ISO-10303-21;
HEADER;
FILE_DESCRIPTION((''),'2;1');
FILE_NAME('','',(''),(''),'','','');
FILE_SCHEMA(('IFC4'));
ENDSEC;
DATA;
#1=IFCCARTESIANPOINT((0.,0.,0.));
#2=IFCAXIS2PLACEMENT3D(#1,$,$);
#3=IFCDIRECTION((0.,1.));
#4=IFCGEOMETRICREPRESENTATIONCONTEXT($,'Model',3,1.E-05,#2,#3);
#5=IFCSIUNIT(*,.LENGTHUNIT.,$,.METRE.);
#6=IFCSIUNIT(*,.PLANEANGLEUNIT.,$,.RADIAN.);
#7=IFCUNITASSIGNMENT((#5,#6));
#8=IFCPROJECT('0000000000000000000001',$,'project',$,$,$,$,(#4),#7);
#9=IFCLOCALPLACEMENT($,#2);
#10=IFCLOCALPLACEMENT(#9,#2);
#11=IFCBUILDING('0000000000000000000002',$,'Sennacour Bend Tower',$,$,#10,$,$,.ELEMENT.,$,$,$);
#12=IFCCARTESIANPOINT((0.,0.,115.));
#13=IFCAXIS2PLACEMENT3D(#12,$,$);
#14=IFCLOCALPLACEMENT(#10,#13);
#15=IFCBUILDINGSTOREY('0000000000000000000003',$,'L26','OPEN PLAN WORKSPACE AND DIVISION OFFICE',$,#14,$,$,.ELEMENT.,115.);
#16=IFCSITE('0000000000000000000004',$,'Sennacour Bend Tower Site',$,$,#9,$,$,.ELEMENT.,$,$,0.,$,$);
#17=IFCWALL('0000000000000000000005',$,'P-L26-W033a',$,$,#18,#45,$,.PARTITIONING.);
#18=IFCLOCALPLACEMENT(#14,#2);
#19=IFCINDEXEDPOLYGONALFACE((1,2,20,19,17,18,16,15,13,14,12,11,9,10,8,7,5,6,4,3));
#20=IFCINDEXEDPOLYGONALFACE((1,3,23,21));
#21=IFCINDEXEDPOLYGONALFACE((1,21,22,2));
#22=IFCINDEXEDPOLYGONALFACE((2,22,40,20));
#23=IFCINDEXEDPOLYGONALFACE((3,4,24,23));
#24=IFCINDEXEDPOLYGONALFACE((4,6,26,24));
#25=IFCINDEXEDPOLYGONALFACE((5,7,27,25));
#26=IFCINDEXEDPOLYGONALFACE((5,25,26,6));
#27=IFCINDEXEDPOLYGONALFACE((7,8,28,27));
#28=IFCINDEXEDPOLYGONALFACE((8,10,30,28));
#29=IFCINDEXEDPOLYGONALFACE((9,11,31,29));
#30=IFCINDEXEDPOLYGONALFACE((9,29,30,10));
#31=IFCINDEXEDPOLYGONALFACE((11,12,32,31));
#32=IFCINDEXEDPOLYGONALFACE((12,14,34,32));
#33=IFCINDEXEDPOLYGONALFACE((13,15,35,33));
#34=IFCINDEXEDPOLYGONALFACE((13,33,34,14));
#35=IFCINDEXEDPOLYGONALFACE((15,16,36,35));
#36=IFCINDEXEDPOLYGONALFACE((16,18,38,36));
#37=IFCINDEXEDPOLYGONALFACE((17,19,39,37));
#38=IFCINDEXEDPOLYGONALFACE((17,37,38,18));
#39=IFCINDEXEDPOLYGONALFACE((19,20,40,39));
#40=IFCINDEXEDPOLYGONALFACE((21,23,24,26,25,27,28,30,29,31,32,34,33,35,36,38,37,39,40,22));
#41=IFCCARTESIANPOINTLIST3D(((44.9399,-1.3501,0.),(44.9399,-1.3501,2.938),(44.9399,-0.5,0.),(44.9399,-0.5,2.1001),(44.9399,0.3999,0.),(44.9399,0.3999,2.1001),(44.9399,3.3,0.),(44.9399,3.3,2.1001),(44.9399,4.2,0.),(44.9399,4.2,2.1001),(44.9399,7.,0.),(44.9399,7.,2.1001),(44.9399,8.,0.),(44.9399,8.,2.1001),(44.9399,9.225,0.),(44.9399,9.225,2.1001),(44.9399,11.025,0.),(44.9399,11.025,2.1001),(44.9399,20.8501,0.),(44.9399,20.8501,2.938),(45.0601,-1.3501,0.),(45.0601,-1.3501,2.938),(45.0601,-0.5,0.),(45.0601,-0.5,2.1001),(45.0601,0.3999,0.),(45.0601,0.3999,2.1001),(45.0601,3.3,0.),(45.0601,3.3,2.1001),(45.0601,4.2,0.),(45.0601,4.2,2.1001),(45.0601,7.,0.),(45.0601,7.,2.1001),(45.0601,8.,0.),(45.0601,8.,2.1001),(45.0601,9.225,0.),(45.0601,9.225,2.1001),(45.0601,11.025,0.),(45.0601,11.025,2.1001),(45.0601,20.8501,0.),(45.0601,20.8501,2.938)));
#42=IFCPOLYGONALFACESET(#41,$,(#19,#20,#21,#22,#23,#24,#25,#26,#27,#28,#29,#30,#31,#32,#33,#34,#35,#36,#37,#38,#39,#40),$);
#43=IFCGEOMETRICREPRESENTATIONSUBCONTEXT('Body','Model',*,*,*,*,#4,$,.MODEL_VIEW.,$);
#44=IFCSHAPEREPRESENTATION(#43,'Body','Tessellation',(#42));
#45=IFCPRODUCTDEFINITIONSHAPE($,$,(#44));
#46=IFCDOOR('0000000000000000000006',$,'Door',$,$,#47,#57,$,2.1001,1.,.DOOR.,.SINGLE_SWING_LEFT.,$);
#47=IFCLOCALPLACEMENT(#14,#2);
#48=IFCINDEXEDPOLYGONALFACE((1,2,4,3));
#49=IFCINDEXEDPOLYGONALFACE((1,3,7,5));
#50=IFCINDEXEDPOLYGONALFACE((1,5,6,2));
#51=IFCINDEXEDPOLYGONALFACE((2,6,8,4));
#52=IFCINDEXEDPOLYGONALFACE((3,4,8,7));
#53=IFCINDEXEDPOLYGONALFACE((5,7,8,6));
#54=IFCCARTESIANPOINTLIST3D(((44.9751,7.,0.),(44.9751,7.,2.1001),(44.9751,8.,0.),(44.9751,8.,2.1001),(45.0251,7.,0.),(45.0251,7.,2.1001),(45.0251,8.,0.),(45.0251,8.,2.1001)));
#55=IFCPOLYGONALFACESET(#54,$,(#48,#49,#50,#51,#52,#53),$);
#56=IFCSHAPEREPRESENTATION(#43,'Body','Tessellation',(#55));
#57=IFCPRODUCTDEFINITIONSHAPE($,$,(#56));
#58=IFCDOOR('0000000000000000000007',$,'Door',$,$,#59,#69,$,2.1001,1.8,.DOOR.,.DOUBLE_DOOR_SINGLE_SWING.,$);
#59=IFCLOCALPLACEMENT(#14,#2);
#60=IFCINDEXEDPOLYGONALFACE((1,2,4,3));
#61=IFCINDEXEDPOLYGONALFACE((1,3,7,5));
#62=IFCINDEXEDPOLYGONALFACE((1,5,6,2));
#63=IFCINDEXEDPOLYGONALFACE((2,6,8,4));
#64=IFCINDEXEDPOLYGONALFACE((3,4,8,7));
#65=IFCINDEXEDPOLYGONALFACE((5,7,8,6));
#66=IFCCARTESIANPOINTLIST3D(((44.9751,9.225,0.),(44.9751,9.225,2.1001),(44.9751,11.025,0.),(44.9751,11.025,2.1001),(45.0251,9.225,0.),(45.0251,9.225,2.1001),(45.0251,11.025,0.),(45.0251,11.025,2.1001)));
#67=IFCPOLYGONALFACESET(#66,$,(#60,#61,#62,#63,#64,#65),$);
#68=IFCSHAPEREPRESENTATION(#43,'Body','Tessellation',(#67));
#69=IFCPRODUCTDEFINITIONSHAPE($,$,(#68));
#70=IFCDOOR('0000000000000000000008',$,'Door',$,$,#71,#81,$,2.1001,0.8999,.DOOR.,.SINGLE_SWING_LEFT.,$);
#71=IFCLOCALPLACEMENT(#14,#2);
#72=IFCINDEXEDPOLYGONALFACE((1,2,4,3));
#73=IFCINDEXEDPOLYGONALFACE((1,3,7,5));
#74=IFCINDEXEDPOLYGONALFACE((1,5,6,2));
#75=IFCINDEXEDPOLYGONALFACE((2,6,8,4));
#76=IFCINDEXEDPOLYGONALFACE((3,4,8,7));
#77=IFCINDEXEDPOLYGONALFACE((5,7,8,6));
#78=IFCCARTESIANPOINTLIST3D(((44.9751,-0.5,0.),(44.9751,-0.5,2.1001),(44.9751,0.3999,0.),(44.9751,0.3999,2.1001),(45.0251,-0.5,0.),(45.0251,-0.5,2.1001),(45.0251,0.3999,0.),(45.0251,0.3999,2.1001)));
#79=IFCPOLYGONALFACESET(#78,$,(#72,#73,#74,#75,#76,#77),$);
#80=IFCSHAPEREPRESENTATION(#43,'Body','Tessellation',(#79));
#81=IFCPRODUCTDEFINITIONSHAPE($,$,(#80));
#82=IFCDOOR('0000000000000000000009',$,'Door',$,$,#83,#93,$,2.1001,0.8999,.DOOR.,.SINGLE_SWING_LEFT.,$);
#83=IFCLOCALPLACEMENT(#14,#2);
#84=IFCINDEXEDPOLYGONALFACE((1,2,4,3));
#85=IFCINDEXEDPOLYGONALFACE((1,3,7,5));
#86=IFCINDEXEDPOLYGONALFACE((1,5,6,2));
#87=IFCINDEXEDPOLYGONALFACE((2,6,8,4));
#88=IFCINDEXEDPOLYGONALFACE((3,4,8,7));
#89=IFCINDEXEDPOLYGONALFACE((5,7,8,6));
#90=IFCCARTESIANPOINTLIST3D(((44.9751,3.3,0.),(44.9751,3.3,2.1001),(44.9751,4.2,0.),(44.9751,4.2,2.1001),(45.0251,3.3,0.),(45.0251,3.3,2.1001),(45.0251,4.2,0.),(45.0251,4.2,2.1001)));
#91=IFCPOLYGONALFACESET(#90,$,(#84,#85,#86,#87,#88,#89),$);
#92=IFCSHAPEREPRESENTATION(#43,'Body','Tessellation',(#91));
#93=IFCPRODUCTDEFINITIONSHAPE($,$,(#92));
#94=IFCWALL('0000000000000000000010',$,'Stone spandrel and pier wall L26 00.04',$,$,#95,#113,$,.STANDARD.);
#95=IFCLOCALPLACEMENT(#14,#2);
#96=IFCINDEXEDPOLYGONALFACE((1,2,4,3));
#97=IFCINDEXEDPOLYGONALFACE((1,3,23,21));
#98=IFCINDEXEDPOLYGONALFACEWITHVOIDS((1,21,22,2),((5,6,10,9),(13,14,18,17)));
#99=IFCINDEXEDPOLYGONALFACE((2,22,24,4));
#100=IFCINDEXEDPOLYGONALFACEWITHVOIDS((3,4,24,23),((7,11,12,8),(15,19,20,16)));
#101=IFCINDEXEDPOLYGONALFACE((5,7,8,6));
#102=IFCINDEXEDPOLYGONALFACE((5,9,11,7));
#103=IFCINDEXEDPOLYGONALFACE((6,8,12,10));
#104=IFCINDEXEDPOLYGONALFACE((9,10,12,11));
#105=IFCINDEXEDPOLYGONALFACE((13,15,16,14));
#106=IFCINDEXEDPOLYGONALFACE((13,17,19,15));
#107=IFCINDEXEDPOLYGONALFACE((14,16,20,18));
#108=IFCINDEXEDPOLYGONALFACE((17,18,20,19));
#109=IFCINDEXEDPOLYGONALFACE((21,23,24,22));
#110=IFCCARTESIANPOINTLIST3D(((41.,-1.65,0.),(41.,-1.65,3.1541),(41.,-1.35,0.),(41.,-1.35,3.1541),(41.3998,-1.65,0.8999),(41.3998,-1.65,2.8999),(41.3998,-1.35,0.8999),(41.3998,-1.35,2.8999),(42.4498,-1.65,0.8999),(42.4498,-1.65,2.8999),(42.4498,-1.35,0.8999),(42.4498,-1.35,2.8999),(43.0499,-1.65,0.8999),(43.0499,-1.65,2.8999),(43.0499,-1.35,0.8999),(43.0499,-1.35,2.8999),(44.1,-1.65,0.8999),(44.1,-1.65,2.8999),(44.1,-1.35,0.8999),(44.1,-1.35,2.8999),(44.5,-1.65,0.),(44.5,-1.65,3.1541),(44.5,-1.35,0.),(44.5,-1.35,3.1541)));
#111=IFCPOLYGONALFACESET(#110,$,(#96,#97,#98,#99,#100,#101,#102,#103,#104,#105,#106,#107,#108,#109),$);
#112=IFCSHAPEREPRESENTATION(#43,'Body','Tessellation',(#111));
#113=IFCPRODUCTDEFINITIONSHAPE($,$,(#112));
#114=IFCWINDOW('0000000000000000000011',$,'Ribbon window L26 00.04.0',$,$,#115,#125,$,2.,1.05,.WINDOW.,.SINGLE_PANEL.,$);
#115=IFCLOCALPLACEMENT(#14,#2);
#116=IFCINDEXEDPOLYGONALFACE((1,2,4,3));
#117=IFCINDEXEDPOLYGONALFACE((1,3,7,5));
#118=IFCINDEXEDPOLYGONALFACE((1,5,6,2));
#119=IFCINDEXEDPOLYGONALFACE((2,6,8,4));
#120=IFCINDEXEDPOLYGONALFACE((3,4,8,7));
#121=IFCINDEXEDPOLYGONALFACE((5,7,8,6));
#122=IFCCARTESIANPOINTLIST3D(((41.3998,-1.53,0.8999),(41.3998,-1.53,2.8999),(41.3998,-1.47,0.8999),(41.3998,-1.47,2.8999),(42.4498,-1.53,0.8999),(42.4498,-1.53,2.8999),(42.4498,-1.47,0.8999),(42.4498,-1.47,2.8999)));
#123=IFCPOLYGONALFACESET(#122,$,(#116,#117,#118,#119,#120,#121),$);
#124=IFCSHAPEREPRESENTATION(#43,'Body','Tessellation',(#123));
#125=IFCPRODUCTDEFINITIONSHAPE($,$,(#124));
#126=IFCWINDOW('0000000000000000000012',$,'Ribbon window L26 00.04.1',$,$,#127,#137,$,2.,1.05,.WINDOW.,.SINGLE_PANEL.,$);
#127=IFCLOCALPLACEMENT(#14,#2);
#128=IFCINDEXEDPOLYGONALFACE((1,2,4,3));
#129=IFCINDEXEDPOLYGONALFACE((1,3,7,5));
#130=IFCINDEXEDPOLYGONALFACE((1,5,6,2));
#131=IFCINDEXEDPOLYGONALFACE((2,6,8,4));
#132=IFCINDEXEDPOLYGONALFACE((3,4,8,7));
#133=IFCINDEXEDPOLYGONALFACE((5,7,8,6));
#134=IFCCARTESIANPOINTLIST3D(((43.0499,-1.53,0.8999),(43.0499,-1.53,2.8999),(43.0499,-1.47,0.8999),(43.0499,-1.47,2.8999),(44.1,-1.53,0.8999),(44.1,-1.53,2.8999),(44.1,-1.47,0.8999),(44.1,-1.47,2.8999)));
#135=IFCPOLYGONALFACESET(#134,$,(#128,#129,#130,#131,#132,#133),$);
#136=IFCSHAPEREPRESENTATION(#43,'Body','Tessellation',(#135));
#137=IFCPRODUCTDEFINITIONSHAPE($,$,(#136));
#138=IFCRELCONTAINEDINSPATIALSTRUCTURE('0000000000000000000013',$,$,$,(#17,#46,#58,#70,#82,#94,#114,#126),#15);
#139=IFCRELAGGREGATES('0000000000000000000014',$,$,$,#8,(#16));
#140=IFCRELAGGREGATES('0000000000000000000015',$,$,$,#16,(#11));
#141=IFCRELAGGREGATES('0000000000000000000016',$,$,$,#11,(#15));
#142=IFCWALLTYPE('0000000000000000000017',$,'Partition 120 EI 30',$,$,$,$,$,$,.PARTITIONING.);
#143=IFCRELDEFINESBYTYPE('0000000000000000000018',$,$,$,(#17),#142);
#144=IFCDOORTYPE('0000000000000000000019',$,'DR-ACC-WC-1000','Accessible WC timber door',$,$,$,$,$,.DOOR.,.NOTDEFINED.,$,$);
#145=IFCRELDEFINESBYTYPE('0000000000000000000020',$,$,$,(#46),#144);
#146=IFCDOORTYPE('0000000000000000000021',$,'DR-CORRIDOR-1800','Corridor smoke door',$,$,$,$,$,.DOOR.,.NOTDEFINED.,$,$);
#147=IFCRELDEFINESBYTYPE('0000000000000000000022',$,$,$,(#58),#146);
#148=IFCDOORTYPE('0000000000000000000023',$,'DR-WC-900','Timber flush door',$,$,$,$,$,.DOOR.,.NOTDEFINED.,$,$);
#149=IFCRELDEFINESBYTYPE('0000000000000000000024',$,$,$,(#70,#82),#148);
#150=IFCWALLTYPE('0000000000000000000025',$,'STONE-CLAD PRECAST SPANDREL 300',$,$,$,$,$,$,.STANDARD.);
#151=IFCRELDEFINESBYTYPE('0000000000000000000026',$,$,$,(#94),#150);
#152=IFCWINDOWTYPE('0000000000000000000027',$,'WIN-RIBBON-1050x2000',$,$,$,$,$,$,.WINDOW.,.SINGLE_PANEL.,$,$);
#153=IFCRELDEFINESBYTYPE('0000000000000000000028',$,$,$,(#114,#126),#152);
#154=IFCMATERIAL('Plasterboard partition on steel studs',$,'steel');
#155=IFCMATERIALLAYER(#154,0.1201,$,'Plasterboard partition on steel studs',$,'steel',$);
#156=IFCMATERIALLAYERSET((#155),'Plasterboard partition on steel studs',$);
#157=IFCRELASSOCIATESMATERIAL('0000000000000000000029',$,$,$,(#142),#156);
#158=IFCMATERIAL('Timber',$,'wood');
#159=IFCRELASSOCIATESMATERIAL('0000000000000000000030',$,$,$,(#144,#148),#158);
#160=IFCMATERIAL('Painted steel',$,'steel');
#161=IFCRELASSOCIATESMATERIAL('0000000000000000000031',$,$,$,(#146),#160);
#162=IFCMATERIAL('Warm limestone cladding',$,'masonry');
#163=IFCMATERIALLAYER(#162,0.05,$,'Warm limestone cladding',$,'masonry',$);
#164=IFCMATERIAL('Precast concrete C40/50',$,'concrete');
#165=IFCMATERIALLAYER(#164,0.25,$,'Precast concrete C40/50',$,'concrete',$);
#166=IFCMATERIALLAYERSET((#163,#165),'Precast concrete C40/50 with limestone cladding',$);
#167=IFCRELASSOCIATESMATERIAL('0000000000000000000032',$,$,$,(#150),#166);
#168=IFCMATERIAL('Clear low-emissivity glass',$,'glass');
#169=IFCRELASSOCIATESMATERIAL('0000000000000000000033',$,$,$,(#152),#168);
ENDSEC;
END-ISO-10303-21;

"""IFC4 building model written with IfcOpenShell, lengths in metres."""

from ifc_helpers import new_model, si_unit, direction, frame, frame_2d, origin, place, context, subcontext, project, spatial, rectangle, extrude, material, layer, layer_set, type_object, element, fill, save


model = new_model("IFC4")

# Units and contexts
model_context = context("Model", 3, precision=1e-05, world=origin(), true_north=direction((0.0, 1.0)))
body_context = subcontext(model_context, "Body", "Model", "MODEL_VIEW")
ifc_project = project(units=[si_unit("LENGTHUNIT", "METRE"), si_unit("PLANEANGLEUNIT", "RADIAN")], contexts=[model_context])

# Site, building, storey
site_placement = place(None, origin())
site = spatial("IfcSite", under=ifc_project, at=site_placement, Name="Sennacour Bend Tower Site", CompositionType="ELEMENT", RefElevation=0.0)
building_placement = place(site_placement, origin())
building = spatial("IfcBuilding", under=site, at=building_placement, Name="Sennacour Bend Tower", CompositionType="ELEMENT")
storey_placement = place(building_placement, frame((0.0, 0.0, 115.0)))
storey = spatial("IfcBuildingStorey", under=building, at=storey_placement, Name="L26", Description="OPEN PLAN WORKSPACE AND DIVISION OFFICE", CompositionType="ELEMENT", Elevation=115.0)

# Wall, openings, doors
ifc_material_1 = material(Name="Plasterboard partition on steel studs", Category="steel")
ifc_layer_1 = layer(ifc_material_1, 0.1201, Name="Plasterboard partition on steel studs", Category="steel")
ifc_layer_set_1 = layer_set([ifc_layer_1], Name="Plasterboard partition on steel studs")
wall_type_1 = type_object("IfcWallType", Name="Partition 120 EI 30", PredefinedType="PARTITIONING", material=ifc_layer_set_1)
wall_1_placement = place(storey_placement, frame((45.0, -1.3501, 0.0), z_axis=(0.0, 0.0, 1.0), x_axis=(0.0, 1.0, 0.0)))
wall_1 = element("IfcWall", 1, at=wall_1_placement, inside=storey, type_object=wall_type_1, Name="P-L26-W033a", PredefinedType="PARTITIONING", context=body_context, shape_type="SweptSolid", body=[
    extrude(rectangle(XDim=22.2002, YDim=0.1201, at=frame_2d((11.1001, 0.0))), origin(), (0.0, 0.0, 1.0), 2.938),
])
opening_1_placement = place(wall_1_placement, frame((10.5752, 0.0, 0.0)))
opening_1 = element("IfcOpeningElement", 2, at=opening_1_placement, cuts=wall_1, PredefinedType="OPENING", context=body_context, shape_type="SweptSolid", body=[
    extrude(rectangle(XDim=1.8, YDim=2.1001, at=frame_2d((0.8999, 1.05))), frame((0.0, 0.0701, 0.0), z_axis=(0.0, -1.0, 0.0), x_axis=(1.0, 0.0, 0.0)), (0.0, 0.0, 1.0), 0.1401),
])
opening_2_placement = place(wall_1_placement, frame((0.8501, 0.0, 0.0)))
opening_2 = element("IfcOpeningElement", 3, at=opening_2_placement, cuts=wall_1, PredefinedType="OPENING", context=body_context, shape_type="SweptSolid", body=[
    extrude(rectangle(XDim=0.8999, YDim=2.1001, at=frame_2d((0.45, 1.05))), frame((0.0, 0.0701, 0.0), z_axis=(0.0, -1.0, 0.0), x_axis=(1.0, 0.0, 0.0)), (0.0, 0.0, 1.0), 0.1401),
])
opening_3_placement = place(wall_1_placement, frame((4.6501, 0.0, 0.0)))
opening_3 = element("IfcOpeningElement", 4, at=opening_3_placement, cuts=wall_1, PredefinedType="OPENING", context=body_context, shape_type="SweptSolid", body=[
    extrude(rectangle(XDim=0.8999, YDim=2.1001, at=frame_2d((0.45, 1.05))), frame((0.0, 0.0701, 0.0), z_axis=(0.0, -1.0, 0.0), x_axis=(1.0, 0.0, 0.0)), (0.0, 0.0, 1.0), 0.1401),
])
opening_4_placement = place(wall_1_placement, frame((8.3501, 0.0, 0.0)))
opening_4 = element("IfcOpeningElement", 5, at=opening_4_placement, cuts=wall_1, PredefinedType="OPENING", context=body_context, shape_type="SweptSolid", body=[
    extrude(rectangle(XDim=1.0, YDim=2.1001, at=frame_2d((0.5, 1.05))), frame((0.0, 0.0701, 0.0), z_axis=(0.0, -1.0, 0.0), x_axis=(1.0, 0.0, 0.0)), (0.0, 0.0, 1.0), 0.1401),
])
ifc_material_2 = material(Name="Timber", Category="wood")
door_type_1 = type_object("IfcDoorType", Name="DR-ACC-WC-1000", Description="Accessible WC timber door", OperationType="NOTDEFINED", PredefinedType="DOOR", material=ifc_material_2)
door_1_placement = place(opening_4_placement, origin())
door_1 = element("IfcDoor", 6, at=door_1_placement, inside=storey, type_object=door_type_1, Name="Door", OperationType="SINGLE_SWING_LEFT", OverallHeight=2.1001, OverallWidth=1.0, PredefinedType="DOOR", context=body_context, shape_type="SweptSolid", body=[
    extrude(rectangle(XDim=1.0, YDim=2.1001, at=frame_2d((0.5, 1.05))), frame((0.0, 0.0249, 0.0), z_axis=(0.0, -1.0, 0.0), x_axis=(1.0, 0.0, 0.0)), (0.0, 0.0, 1.0), 0.05),
])
fill(opening_4, door_1)
ifc_material_3 = material(Name="Painted steel", Category="steel")
door_type_2 = type_object("IfcDoorType", Name="DR-CORRIDOR-1800", Description="Corridor smoke door", OperationType="NOTDEFINED", PredefinedType="DOOR", material=ifc_material_3)
door_2_placement = place(opening_1_placement, origin())
door_2 = element("IfcDoor", 7, at=door_2_placement, inside=storey, type_object=door_type_2, Name="Door", OperationType="DOUBLE_DOOR_SINGLE_SWING", OverallHeight=2.1001, OverallWidth=1.8, PredefinedType="DOOR", context=body_context, shape_type="SweptSolid", body=[
    extrude(rectangle(XDim=1.8, YDim=2.1001, at=frame_2d((0.8999, 1.05))), frame((0.0, 0.0249, 0.0), z_axis=(0.0, -1.0, 0.0), x_axis=(1.0, 0.0, 0.0)), (0.0, 0.0, 1.0), 0.05),
])
fill(opening_1, door_2)
door_type_3 = type_object("IfcDoorType", Name="DR-WC-900", Description="Timber flush door", OperationType="NOTDEFINED", PredefinedType="DOOR", material=ifc_material_2)
door_3_placement = place(opening_2_placement, origin())
door_3 = element("IfcDoor", 8, at=door_3_placement, inside=storey, type_object=door_type_3, Name="Door", OperationType="SINGLE_SWING_LEFT", OverallHeight=2.1001, OverallWidth=0.8999, PredefinedType="DOOR", context=body_context, shape_type="SweptSolid", body=[
    extrude(rectangle(XDim=0.8999, YDim=2.1001, at=frame_2d((0.45, 1.05))), frame((0.0, 0.0249, 0.0), z_axis=(0.0, -1.0, 0.0), x_axis=(1.0, 0.0, 0.0)), (0.0, 0.0, 1.0), 0.05),
])
fill(opening_2, door_3)
door_4_placement = place(opening_3_placement, origin())
door_4 = element("IfcDoor", 9, at=door_4_placement, inside=storey, type_object=door_type_3, Name="Door", OperationType="SINGLE_SWING_LEFT", OverallHeight=2.1001, OverallWidth=0.8999, PredefinedType="DOOR", context=body_context, shape_type="SweptSolid", body=[
    extrude(rectangle(XDim=0.8999, YDim=2.1001, at=frame_2d((0.45, 1.05))), frame((0.0, 0.0249, 0.0), z_axis=(0.0, -1.0, 0.0), x_axis=(1.0, 0.0, 0.0)), (0.0, 0.0, 1.0), 0.05),
])
fill(opening_3, door_4)

# Wall, openings, windows
ifc_material_4 = material(Name="Warm limestone cladding", Category="masonry")
ifc_layer_2 = layer(ifc_material_4, 0.05, Name="Warm limestone cladding", Category="masonry")
ifc_material_5 = material(Name="Precast concrete C40/50", Category="concrete")
ifc_layer_3 = layer(ifc_material_5, 0.25, Name="Precast concrete C40/50", Category="concrete")
ifc_layer_set_2 = layer_set([ifc_layer_2, ifc_layer_3], Name="Precast concrete C40/50 with limestone cladding")
wall_type_2 = type_object("IfcWallType", Name="STONE-CLAD PRECAST SPANDREL 300", PredefinedType="STANDARD", material=ifc_layer_set_2)
wall_2_placement = place(storey_placement, frame((41.0, -1.5, 0.0), z_axis=(0.0, 0.0, 1.0), x_axis=(1.0, 0.0, 0.0)))
wall_2 = element("IfcWall", 10, at=wall_2_placement, inside=storey, type_object=wall_type_2, Name="Stone spandrel and pier wall L26 00.04", PredefinedType="STANDARD", context=body_context, shape_type="SweptSolid", body=[
    extrude(rectangle(XDim=3.5, YDim=0.3, at=frame_2d((1.75, 0.0))), origin(), (0.0, 0.0, 1.0), 3.1541),
])
opening_5_placement = place(wall_2_placement, frame((0.3999, 0.0, 0.8999)))
opening_5 = element("IfcOpeningElement", 11, at=opening_5_placement, cuts=wall_2, PredefinedType="OPENING", context=body_context, shape_type="SweptSolid", body=[
    extrude(rectangle(XDim=1.05, YDim=2.0, at=frame_2d((0.5249, 1.0))), frame((0.0, 0.1602, 0.0), z_axis=(0.0, -1.0, 0.0), x_axis=(1.0, 0.0, 0.0)), (0.0, 0.0, 1.0), 0.3201),
])
opening_6_placement = place(wall_2_placement, frame((2.05, 0.0, 0.8999)))
opening_6 = element("IfcOpeningElement", 12, at=opening_6_placement, cuts=wall_2, PredefinedType="OPENING", context=body_context, shape_type="SweptSolid", body=[
    extrude(rectangle(XDim=1.05, YDim=2.0, at=frame_2d((0.5249, 1.0))), frame((0.0, 0.1602, 0.0), z_axis=(0.0, -1.0, 0.0), x_axis=(1.0, 0.0, 0.0)), (0.0, 0.0, 1.0), 0.3201),
])
ifc_material_6 = material(Name="Clear low-emissivity glass", Category="glass")
window_type = type_object("IfcWindowType", Name="WIN-RIBBON-1050x2000", PartitioningType="SINGLE_PANEL", PredefinedType="WINDOW", material=ifc_material_6)
window_1_placement = place(opening_5_placement, origin())
window_1 = element("IfcWindow", 13, at=window_1_placement, inside=storey, type_object=window_type, Name="Ribbon window L26 00.04.0", OverallHeight=2.0, OverallWidth=1.05, PartitioningType="SINGLE_PANEL", PredefinedType="WINDOW", context=body_context, shape_type="SweptSolid", body=[
    extrude(rectangle(XDim=1.05, YDim=2.0, at=frame_2d((0.5249, 1.0))), frame((0.0, 0.03, 0.0), z_axis=(0.0, -1.0, 0.0), x_axis=(1.0, 0.0, 0.0)), (0.0, 0.0, 1.0), 0.0601),
])
fill(opening_5, window_1)
window_2_placement = place(opening_6_placement, origin())
window_2 = element("IfcWindow", 14, at=window_2_placement, inside=storey, type_object=window_type, Name="Ribbon window L26 00.04.1", OverallHeight=2.0, OverallWidth=1.05, PartitioningType="SINGLE_PANEL", PredefinedType="WINDOW", context=body_context, shape_type="SweptSolid", body=[
    extrude(rectangle(XDim=1.05, YDim=2.0, at=frame_2d((0.5249, 1.0))), frame((0.0, 0.03, 0.0), z_axis=(0.0, -1.0, 0.0), x_axis=(1.0, 0.0, 0.0)), (0.0, 0.0, 1.0), 0.0601),
])
fill(opening_6, window_2)

save(model, "model.ifc")
